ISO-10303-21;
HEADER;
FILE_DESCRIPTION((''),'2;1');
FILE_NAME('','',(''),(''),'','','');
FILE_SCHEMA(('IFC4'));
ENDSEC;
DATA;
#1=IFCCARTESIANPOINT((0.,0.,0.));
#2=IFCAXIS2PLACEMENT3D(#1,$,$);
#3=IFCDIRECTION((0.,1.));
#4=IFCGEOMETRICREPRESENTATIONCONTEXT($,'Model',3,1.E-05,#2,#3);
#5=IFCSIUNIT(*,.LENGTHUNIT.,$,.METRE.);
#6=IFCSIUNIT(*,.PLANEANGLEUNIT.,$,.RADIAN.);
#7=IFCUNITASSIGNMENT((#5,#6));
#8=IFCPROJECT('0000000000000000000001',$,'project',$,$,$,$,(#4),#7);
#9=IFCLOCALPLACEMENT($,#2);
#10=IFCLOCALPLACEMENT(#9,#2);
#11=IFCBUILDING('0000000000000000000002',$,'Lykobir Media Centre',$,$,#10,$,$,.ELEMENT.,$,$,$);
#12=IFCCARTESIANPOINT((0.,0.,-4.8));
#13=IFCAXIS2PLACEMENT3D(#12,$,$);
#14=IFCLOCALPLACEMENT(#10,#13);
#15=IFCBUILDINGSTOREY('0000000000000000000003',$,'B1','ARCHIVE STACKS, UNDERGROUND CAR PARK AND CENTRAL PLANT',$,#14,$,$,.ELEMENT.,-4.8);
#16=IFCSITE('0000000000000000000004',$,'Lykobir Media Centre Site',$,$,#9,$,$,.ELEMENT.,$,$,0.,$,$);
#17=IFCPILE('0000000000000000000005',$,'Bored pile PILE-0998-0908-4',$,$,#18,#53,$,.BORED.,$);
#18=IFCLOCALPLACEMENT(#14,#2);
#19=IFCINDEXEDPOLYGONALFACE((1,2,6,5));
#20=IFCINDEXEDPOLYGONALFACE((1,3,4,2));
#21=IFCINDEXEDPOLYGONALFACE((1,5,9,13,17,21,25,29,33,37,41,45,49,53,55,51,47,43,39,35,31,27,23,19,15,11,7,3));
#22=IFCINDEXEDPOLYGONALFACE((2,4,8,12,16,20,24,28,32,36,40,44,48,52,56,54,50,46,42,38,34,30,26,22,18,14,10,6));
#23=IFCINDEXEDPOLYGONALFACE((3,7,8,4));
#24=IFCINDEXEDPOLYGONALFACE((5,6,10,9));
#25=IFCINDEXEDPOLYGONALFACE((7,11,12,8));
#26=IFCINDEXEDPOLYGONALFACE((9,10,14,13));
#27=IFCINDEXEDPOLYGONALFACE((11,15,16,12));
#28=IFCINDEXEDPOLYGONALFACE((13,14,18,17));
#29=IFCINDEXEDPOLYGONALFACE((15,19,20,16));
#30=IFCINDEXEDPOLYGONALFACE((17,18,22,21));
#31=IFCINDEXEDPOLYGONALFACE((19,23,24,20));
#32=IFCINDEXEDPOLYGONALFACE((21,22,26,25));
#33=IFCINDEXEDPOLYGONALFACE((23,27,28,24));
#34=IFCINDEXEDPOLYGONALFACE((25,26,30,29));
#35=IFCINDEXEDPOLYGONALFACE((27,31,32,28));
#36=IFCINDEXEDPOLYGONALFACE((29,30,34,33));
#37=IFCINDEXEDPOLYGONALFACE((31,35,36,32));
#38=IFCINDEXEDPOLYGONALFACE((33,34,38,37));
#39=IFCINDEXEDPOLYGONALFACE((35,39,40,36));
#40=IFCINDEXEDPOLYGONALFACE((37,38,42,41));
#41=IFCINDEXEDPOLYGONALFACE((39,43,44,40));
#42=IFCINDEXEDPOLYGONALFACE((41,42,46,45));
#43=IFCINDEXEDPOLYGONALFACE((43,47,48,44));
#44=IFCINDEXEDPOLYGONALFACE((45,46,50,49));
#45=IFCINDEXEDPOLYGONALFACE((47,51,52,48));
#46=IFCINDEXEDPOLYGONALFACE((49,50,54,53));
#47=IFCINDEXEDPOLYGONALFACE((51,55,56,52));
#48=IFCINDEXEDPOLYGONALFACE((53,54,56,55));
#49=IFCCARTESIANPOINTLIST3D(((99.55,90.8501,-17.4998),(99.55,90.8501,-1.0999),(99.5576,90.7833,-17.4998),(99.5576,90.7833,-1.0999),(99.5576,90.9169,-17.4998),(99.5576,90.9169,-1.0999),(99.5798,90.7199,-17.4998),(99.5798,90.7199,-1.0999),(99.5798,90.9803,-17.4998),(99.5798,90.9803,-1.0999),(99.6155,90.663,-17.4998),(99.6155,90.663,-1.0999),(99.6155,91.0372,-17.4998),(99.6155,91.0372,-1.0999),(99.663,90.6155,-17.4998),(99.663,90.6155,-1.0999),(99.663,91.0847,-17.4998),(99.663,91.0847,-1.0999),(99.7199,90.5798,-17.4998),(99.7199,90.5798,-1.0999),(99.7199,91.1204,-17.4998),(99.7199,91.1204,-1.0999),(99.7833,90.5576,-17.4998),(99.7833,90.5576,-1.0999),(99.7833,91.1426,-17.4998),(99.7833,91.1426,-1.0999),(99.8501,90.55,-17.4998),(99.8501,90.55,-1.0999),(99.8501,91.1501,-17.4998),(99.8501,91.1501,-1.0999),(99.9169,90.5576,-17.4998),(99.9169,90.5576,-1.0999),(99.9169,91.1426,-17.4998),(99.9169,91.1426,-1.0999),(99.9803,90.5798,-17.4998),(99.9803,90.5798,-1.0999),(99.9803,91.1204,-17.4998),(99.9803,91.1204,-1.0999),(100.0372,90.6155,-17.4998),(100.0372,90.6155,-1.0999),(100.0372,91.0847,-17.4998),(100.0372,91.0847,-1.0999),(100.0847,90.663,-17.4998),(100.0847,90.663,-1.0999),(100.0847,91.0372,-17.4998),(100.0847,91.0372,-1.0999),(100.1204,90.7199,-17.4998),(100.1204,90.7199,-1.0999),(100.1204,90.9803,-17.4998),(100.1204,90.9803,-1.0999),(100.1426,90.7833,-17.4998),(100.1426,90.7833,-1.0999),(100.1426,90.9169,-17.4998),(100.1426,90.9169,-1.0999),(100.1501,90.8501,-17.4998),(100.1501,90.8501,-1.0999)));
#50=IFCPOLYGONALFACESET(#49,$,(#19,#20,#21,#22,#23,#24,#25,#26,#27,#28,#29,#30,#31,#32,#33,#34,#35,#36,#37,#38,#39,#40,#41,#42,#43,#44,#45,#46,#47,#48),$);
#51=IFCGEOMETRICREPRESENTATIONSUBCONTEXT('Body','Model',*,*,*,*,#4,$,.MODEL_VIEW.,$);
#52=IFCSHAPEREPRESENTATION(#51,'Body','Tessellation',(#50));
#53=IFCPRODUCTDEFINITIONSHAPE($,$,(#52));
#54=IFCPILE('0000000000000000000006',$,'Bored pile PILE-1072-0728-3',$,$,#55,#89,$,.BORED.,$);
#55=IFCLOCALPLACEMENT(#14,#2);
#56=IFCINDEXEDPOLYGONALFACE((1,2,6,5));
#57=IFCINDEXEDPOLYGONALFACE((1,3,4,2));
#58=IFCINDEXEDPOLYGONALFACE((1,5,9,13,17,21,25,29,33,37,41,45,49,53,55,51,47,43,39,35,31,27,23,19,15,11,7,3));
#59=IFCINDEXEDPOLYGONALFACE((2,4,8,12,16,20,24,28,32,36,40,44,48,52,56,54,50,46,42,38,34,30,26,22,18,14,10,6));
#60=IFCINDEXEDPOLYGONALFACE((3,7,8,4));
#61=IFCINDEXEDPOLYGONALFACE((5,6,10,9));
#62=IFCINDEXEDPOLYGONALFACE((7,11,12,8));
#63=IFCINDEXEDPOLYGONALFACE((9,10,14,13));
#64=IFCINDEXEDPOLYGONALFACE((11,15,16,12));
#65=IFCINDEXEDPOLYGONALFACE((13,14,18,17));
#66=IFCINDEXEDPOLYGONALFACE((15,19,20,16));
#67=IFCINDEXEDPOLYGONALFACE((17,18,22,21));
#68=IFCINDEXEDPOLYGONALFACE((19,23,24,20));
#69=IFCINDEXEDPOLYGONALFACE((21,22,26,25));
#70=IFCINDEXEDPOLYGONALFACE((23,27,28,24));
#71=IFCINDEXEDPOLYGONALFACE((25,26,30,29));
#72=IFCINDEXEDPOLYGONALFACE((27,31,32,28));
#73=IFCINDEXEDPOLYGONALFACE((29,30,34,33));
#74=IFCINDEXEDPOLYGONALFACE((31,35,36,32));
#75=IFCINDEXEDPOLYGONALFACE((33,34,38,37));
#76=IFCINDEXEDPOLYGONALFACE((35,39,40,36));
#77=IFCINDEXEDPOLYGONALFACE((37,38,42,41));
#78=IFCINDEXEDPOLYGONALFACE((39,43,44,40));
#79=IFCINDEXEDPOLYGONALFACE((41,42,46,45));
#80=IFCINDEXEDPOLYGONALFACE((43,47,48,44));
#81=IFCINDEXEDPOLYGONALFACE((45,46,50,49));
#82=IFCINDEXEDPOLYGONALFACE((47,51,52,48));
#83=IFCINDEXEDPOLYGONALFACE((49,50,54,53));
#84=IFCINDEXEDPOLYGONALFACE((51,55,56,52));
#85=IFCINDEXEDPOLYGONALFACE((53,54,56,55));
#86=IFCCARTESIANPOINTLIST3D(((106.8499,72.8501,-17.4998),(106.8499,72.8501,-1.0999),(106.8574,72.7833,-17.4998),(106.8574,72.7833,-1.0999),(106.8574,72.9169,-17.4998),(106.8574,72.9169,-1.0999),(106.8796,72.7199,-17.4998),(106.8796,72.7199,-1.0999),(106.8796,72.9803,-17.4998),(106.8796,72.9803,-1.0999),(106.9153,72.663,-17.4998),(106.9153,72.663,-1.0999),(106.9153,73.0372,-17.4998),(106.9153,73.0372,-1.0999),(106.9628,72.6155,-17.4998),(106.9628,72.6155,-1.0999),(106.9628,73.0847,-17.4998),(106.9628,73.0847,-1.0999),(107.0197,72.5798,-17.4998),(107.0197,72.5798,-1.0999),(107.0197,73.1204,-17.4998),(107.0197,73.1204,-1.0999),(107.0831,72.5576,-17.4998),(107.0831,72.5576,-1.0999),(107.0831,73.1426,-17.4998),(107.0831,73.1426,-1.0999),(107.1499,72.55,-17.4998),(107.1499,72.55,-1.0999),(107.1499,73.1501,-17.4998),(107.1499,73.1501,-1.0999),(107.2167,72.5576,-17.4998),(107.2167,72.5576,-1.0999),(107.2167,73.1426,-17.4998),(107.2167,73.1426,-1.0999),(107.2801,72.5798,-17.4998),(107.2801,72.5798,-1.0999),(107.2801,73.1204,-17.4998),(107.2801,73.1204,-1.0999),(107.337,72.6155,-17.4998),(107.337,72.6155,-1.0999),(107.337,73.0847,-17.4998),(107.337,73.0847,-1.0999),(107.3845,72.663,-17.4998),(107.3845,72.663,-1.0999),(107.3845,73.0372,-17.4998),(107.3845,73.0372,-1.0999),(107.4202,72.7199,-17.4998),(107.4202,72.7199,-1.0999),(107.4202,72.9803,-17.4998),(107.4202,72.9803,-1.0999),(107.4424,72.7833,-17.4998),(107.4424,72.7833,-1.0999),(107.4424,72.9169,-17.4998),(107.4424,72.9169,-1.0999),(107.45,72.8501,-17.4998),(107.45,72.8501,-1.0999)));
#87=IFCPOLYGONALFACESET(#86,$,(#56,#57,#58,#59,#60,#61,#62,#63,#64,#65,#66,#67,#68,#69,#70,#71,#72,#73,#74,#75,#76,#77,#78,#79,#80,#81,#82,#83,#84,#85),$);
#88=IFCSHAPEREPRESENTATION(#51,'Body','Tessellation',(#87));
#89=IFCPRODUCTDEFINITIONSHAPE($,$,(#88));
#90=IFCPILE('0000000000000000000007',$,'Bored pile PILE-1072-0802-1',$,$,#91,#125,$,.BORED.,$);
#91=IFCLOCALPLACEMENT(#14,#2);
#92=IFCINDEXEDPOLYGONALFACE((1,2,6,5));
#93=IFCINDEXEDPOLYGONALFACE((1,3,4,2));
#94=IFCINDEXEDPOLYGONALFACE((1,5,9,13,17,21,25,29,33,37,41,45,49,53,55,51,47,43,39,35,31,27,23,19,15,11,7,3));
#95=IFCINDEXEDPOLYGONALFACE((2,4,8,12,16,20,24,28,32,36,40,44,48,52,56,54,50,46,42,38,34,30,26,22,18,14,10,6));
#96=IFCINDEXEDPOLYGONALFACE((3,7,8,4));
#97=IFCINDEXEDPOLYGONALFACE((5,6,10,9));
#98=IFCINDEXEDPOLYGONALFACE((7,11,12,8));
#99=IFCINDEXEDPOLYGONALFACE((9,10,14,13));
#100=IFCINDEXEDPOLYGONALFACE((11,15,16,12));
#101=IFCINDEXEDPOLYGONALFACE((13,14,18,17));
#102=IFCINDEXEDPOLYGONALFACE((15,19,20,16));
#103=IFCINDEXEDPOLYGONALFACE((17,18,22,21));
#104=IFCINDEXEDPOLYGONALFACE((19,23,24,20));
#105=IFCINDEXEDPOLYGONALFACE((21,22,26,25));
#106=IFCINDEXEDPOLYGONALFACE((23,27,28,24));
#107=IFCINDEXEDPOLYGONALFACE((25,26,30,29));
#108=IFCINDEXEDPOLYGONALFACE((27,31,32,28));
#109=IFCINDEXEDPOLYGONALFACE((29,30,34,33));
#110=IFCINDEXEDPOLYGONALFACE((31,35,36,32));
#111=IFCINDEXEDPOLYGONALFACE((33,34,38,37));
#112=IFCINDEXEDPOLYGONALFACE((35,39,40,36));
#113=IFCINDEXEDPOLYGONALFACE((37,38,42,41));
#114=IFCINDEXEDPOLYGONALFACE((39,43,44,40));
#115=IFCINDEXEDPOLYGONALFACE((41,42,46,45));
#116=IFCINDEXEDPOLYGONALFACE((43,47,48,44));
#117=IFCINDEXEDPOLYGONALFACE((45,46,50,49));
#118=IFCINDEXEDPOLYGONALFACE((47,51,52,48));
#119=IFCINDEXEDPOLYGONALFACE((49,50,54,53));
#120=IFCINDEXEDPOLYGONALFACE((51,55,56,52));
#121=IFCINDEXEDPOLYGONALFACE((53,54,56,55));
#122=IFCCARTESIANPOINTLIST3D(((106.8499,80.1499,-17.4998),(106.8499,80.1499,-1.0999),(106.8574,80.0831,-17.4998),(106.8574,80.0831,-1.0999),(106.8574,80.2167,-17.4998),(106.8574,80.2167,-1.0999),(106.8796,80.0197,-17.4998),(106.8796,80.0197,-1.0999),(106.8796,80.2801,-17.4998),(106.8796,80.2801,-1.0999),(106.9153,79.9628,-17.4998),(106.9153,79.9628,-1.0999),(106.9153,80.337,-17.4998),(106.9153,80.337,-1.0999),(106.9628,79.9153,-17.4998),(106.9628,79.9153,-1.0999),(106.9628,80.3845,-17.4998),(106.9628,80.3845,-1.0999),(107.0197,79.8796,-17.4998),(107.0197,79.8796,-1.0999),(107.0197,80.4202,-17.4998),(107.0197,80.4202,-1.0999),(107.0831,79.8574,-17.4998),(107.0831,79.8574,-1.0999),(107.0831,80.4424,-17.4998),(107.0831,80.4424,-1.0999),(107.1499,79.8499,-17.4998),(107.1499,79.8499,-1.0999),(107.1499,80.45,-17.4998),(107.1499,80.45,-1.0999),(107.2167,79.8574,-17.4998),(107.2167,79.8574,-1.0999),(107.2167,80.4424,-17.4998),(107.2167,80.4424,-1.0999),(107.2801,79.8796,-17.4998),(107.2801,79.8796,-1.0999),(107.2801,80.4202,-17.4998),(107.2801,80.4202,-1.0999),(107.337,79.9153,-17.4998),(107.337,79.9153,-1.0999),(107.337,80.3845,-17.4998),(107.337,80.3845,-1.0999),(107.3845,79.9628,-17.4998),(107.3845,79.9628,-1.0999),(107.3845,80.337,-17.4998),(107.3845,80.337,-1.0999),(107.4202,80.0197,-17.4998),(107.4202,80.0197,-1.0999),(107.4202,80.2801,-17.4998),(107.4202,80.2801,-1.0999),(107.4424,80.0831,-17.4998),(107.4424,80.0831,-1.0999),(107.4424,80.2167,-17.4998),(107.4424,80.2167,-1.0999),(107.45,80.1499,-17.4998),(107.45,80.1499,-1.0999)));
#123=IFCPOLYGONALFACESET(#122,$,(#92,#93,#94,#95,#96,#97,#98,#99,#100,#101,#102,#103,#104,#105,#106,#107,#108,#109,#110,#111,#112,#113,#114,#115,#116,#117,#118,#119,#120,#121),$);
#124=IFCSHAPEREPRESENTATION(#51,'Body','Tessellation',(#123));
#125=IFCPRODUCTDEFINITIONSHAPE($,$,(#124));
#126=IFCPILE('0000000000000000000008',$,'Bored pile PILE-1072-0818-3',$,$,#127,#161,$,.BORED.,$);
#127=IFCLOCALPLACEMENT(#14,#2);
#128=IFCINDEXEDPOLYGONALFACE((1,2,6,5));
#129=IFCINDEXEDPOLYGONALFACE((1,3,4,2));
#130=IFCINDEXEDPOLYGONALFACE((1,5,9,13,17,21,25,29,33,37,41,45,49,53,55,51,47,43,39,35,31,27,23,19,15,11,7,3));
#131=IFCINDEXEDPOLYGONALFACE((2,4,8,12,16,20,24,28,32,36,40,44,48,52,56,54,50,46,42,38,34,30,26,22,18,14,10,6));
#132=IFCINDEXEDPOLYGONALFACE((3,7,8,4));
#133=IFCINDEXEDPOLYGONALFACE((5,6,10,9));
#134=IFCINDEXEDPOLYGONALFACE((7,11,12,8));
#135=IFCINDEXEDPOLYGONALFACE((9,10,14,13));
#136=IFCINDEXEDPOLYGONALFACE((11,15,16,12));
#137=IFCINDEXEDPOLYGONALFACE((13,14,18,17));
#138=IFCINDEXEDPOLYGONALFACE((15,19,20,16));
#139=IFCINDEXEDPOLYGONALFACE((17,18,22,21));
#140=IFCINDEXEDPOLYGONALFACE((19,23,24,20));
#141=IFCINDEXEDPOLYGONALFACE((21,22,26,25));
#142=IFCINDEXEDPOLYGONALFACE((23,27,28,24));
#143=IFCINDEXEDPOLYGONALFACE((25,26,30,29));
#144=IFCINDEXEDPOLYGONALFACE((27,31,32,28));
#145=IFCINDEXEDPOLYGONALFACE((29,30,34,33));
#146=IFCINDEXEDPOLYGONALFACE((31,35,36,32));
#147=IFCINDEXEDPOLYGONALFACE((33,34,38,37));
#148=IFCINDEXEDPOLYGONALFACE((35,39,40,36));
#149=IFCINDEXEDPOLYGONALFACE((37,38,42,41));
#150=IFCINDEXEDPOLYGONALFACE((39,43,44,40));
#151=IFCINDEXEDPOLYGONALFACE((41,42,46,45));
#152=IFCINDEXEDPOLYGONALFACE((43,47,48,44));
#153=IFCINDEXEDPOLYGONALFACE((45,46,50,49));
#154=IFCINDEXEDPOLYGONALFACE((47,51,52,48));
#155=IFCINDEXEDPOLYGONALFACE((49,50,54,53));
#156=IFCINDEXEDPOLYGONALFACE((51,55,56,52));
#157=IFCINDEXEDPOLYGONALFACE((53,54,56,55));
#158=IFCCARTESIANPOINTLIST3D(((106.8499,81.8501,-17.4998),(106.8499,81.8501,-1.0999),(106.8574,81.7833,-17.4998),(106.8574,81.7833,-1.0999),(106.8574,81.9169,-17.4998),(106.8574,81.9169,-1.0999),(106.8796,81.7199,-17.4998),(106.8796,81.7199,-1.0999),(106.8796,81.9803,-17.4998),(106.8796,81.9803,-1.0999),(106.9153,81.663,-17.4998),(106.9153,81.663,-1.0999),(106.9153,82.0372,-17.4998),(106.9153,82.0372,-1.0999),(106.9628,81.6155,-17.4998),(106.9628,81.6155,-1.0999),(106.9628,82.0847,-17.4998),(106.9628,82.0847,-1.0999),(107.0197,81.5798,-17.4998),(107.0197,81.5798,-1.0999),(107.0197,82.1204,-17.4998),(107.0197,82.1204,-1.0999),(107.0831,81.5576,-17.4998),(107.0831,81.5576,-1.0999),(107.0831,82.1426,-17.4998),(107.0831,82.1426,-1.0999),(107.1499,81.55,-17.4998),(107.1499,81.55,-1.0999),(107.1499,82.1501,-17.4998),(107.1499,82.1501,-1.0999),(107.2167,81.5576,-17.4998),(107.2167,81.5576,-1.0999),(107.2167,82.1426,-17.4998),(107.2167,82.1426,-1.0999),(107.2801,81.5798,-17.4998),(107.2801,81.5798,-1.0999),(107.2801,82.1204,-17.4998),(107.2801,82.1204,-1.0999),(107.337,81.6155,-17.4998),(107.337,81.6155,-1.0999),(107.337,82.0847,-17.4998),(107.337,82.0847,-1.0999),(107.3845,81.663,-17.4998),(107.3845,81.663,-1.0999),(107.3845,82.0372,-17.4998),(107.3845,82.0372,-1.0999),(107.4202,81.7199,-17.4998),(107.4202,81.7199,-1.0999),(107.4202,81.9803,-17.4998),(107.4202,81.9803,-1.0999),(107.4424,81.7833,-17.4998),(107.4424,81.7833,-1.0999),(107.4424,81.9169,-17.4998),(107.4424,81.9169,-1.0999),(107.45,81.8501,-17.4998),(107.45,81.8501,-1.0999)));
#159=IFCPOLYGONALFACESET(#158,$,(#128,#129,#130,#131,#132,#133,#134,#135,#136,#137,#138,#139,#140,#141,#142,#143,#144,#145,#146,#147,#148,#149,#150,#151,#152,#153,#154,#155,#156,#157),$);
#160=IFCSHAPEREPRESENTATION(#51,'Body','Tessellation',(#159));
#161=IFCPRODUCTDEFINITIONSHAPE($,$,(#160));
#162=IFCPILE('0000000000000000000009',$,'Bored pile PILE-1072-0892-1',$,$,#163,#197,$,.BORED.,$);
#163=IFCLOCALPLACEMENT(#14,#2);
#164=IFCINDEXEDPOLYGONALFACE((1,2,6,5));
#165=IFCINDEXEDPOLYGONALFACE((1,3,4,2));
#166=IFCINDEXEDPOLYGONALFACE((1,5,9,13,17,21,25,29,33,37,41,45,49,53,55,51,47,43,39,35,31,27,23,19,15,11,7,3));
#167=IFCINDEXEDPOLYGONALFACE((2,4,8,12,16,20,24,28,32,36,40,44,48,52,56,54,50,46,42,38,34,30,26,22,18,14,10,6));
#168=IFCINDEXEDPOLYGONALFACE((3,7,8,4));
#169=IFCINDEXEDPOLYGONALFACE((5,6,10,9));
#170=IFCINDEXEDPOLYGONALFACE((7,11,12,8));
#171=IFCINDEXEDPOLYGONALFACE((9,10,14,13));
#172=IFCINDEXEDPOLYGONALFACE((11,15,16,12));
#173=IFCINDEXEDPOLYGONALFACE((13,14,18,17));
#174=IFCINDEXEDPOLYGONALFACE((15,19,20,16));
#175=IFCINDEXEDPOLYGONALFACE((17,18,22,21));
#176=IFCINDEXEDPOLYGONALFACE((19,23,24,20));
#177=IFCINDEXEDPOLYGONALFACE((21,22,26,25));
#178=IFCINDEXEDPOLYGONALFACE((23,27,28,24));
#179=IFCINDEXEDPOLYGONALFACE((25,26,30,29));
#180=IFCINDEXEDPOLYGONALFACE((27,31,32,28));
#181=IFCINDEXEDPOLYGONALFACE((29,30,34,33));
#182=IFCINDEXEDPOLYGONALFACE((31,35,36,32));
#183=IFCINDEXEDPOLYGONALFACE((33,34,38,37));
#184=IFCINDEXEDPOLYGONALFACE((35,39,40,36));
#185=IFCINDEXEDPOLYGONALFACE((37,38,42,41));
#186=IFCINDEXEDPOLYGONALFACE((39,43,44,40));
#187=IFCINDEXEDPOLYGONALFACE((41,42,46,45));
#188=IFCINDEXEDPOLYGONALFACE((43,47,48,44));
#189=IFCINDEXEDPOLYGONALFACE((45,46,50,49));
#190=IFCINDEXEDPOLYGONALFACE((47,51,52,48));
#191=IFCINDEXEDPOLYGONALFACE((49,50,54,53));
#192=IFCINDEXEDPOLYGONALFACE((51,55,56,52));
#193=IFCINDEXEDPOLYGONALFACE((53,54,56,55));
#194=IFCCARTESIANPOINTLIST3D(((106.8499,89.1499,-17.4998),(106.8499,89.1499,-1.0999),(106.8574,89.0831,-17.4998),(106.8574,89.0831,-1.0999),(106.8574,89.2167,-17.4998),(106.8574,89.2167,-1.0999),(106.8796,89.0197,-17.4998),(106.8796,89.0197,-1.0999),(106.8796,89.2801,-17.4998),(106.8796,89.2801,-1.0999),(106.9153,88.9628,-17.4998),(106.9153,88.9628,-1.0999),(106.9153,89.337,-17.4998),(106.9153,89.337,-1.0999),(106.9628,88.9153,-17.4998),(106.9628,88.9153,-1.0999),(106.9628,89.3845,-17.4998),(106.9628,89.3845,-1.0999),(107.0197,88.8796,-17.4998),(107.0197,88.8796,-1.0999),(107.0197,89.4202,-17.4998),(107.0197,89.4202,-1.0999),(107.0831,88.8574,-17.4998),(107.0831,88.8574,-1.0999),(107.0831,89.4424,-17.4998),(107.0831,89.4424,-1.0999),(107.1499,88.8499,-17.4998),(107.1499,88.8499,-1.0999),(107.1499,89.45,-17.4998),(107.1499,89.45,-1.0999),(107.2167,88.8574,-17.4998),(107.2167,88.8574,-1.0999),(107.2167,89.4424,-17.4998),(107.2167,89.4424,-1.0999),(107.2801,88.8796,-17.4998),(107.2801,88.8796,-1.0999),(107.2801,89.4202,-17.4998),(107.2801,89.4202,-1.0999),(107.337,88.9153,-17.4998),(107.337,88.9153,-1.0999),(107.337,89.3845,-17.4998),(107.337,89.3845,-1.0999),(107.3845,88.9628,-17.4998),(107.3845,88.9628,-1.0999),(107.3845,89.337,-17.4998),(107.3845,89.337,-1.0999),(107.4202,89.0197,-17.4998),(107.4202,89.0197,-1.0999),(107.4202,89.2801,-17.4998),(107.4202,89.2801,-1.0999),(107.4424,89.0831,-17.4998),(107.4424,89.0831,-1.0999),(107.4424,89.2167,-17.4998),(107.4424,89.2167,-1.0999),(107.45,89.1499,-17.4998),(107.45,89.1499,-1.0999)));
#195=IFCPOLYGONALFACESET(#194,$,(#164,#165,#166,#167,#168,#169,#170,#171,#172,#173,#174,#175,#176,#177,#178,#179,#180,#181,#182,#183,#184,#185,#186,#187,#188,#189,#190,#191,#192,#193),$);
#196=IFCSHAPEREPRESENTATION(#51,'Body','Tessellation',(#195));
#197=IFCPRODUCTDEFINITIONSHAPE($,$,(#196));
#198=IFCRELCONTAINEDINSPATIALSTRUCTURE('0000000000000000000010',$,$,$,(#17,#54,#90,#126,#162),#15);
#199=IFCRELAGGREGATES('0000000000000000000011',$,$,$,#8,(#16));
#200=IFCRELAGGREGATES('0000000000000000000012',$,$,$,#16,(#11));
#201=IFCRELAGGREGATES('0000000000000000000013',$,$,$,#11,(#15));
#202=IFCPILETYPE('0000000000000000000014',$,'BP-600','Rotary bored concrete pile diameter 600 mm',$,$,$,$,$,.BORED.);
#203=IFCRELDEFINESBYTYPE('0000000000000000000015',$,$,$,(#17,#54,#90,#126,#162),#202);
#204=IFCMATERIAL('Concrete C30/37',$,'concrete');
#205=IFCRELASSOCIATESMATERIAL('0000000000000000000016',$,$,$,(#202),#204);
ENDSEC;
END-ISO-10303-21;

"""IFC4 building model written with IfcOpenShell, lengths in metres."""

from ifc_helpers import new_model, si_unit, direction, frame, origin, origin_2d, place, context, subcontext, project, spatial, circle, extrude, material, material_profile, profile_set, type_object, element, save


model = new_model("IFC4")

# Units and contexts
model_context = context("Model", 3, precision=1e-05, world=origin(), true_north=direction((0.0, 1.0)))
body_context = subcontext(model_context, "Body", "Model", "MODEL_VIEW")
ifc_project = project(units=[si_unit("LENGTHUNIT", "METRE"), si_unit("PLANEANGLEUNIT", "RADIAN")], contexts=[model_context])

# Site, building, storey
site_placement = place(None, origin())
site = spatial("IfcSite", under=ifc_project, at=site_placement, Name="Lykobir Media Centre Site", CompositionType="ELEMENT", RefElevation=0.0)
building_placement = place(site_placement, origin())
building = spatial("IfcBuilding", under=site, at=building_placement, Name="Lykobir Media Centre", CompositionType="ELEMENT")
storey_placement = place(building_placement, frame((0.0, 0.0, -4.8)))
storey = spatial("IfcBuildingStorey", under=building, at=storey_placement, Name="B1", Description="ARCHIVE STACKS, UNDERGROUND CAR PARK AND CENTRAL PLANT", CompositionType="ELEMENT", Elevation=-4.8)

# Piles
ifc_material_1 = material(Name="Concrete C30/37", Category="concrete")
ifc_material_profile_1 = material_profile(ifc_material_1, circle(Radius=0.3, at=origin_2d()), Name="BORED PILE D600")
ifc_profile_set_1 = profile_set([ifc_material_profile_1], Name="Concrete C30/37")
pile_type = type_object("IfcPileType", Name="BP-600", Description="Rotary bored concrete pile diameter 600 mm", PredefinedType="BORED", material=ifc_profile_set_1)
for number, where, z_axis, x_axis, name in (
    (1, (99.8501, 90.8501, -1.0999), (0.0, 0.0, -1.0), (1.0, 0.0, 0.0), "Bored pile PILE-0998-0908-4"),
    (2, (107.1499, 72.8501, -1.0999), (0.0, 0.0, -1.0), (1.0, 0.0, 0.0), "Bored pile PILE-1072-0728-3"),
    (3, (107.1499, 80.1499, -1.0999), (0.0, 0.0, -1.0), (1.0, 0.0, 0.0), "Bored pile PILE-1072-0802-1"),
    (4, (107.1499, 81.8501, -1.0999), (0.0, 0.0, -1.0), (1.0, 0.0, 0.0), "Bored pile PILE-1072-0818-3"),
    (5, (107.1499, 89.1499, -1.0999), (0.0, 0.0, -1.0), (1.0, 0.0, 0.0), "Bored pile PILE-1072-0892-1"),
):
    element("IfcPile", number, at=place(storey_placement, frame(where, z_axis=z_axis, x_axis=x_axis)), inside=storey, type_object=pile_type, Name=name, PredefinedType="BORED", context=body_context, shape_type="SweptSolid", body=[
        extrude(circle(Radius=0.3, at=origin_2d()), origin(), (0.0, 0.0, 1.0), 16.3999),
    ])

save(model, "model.ifc")
